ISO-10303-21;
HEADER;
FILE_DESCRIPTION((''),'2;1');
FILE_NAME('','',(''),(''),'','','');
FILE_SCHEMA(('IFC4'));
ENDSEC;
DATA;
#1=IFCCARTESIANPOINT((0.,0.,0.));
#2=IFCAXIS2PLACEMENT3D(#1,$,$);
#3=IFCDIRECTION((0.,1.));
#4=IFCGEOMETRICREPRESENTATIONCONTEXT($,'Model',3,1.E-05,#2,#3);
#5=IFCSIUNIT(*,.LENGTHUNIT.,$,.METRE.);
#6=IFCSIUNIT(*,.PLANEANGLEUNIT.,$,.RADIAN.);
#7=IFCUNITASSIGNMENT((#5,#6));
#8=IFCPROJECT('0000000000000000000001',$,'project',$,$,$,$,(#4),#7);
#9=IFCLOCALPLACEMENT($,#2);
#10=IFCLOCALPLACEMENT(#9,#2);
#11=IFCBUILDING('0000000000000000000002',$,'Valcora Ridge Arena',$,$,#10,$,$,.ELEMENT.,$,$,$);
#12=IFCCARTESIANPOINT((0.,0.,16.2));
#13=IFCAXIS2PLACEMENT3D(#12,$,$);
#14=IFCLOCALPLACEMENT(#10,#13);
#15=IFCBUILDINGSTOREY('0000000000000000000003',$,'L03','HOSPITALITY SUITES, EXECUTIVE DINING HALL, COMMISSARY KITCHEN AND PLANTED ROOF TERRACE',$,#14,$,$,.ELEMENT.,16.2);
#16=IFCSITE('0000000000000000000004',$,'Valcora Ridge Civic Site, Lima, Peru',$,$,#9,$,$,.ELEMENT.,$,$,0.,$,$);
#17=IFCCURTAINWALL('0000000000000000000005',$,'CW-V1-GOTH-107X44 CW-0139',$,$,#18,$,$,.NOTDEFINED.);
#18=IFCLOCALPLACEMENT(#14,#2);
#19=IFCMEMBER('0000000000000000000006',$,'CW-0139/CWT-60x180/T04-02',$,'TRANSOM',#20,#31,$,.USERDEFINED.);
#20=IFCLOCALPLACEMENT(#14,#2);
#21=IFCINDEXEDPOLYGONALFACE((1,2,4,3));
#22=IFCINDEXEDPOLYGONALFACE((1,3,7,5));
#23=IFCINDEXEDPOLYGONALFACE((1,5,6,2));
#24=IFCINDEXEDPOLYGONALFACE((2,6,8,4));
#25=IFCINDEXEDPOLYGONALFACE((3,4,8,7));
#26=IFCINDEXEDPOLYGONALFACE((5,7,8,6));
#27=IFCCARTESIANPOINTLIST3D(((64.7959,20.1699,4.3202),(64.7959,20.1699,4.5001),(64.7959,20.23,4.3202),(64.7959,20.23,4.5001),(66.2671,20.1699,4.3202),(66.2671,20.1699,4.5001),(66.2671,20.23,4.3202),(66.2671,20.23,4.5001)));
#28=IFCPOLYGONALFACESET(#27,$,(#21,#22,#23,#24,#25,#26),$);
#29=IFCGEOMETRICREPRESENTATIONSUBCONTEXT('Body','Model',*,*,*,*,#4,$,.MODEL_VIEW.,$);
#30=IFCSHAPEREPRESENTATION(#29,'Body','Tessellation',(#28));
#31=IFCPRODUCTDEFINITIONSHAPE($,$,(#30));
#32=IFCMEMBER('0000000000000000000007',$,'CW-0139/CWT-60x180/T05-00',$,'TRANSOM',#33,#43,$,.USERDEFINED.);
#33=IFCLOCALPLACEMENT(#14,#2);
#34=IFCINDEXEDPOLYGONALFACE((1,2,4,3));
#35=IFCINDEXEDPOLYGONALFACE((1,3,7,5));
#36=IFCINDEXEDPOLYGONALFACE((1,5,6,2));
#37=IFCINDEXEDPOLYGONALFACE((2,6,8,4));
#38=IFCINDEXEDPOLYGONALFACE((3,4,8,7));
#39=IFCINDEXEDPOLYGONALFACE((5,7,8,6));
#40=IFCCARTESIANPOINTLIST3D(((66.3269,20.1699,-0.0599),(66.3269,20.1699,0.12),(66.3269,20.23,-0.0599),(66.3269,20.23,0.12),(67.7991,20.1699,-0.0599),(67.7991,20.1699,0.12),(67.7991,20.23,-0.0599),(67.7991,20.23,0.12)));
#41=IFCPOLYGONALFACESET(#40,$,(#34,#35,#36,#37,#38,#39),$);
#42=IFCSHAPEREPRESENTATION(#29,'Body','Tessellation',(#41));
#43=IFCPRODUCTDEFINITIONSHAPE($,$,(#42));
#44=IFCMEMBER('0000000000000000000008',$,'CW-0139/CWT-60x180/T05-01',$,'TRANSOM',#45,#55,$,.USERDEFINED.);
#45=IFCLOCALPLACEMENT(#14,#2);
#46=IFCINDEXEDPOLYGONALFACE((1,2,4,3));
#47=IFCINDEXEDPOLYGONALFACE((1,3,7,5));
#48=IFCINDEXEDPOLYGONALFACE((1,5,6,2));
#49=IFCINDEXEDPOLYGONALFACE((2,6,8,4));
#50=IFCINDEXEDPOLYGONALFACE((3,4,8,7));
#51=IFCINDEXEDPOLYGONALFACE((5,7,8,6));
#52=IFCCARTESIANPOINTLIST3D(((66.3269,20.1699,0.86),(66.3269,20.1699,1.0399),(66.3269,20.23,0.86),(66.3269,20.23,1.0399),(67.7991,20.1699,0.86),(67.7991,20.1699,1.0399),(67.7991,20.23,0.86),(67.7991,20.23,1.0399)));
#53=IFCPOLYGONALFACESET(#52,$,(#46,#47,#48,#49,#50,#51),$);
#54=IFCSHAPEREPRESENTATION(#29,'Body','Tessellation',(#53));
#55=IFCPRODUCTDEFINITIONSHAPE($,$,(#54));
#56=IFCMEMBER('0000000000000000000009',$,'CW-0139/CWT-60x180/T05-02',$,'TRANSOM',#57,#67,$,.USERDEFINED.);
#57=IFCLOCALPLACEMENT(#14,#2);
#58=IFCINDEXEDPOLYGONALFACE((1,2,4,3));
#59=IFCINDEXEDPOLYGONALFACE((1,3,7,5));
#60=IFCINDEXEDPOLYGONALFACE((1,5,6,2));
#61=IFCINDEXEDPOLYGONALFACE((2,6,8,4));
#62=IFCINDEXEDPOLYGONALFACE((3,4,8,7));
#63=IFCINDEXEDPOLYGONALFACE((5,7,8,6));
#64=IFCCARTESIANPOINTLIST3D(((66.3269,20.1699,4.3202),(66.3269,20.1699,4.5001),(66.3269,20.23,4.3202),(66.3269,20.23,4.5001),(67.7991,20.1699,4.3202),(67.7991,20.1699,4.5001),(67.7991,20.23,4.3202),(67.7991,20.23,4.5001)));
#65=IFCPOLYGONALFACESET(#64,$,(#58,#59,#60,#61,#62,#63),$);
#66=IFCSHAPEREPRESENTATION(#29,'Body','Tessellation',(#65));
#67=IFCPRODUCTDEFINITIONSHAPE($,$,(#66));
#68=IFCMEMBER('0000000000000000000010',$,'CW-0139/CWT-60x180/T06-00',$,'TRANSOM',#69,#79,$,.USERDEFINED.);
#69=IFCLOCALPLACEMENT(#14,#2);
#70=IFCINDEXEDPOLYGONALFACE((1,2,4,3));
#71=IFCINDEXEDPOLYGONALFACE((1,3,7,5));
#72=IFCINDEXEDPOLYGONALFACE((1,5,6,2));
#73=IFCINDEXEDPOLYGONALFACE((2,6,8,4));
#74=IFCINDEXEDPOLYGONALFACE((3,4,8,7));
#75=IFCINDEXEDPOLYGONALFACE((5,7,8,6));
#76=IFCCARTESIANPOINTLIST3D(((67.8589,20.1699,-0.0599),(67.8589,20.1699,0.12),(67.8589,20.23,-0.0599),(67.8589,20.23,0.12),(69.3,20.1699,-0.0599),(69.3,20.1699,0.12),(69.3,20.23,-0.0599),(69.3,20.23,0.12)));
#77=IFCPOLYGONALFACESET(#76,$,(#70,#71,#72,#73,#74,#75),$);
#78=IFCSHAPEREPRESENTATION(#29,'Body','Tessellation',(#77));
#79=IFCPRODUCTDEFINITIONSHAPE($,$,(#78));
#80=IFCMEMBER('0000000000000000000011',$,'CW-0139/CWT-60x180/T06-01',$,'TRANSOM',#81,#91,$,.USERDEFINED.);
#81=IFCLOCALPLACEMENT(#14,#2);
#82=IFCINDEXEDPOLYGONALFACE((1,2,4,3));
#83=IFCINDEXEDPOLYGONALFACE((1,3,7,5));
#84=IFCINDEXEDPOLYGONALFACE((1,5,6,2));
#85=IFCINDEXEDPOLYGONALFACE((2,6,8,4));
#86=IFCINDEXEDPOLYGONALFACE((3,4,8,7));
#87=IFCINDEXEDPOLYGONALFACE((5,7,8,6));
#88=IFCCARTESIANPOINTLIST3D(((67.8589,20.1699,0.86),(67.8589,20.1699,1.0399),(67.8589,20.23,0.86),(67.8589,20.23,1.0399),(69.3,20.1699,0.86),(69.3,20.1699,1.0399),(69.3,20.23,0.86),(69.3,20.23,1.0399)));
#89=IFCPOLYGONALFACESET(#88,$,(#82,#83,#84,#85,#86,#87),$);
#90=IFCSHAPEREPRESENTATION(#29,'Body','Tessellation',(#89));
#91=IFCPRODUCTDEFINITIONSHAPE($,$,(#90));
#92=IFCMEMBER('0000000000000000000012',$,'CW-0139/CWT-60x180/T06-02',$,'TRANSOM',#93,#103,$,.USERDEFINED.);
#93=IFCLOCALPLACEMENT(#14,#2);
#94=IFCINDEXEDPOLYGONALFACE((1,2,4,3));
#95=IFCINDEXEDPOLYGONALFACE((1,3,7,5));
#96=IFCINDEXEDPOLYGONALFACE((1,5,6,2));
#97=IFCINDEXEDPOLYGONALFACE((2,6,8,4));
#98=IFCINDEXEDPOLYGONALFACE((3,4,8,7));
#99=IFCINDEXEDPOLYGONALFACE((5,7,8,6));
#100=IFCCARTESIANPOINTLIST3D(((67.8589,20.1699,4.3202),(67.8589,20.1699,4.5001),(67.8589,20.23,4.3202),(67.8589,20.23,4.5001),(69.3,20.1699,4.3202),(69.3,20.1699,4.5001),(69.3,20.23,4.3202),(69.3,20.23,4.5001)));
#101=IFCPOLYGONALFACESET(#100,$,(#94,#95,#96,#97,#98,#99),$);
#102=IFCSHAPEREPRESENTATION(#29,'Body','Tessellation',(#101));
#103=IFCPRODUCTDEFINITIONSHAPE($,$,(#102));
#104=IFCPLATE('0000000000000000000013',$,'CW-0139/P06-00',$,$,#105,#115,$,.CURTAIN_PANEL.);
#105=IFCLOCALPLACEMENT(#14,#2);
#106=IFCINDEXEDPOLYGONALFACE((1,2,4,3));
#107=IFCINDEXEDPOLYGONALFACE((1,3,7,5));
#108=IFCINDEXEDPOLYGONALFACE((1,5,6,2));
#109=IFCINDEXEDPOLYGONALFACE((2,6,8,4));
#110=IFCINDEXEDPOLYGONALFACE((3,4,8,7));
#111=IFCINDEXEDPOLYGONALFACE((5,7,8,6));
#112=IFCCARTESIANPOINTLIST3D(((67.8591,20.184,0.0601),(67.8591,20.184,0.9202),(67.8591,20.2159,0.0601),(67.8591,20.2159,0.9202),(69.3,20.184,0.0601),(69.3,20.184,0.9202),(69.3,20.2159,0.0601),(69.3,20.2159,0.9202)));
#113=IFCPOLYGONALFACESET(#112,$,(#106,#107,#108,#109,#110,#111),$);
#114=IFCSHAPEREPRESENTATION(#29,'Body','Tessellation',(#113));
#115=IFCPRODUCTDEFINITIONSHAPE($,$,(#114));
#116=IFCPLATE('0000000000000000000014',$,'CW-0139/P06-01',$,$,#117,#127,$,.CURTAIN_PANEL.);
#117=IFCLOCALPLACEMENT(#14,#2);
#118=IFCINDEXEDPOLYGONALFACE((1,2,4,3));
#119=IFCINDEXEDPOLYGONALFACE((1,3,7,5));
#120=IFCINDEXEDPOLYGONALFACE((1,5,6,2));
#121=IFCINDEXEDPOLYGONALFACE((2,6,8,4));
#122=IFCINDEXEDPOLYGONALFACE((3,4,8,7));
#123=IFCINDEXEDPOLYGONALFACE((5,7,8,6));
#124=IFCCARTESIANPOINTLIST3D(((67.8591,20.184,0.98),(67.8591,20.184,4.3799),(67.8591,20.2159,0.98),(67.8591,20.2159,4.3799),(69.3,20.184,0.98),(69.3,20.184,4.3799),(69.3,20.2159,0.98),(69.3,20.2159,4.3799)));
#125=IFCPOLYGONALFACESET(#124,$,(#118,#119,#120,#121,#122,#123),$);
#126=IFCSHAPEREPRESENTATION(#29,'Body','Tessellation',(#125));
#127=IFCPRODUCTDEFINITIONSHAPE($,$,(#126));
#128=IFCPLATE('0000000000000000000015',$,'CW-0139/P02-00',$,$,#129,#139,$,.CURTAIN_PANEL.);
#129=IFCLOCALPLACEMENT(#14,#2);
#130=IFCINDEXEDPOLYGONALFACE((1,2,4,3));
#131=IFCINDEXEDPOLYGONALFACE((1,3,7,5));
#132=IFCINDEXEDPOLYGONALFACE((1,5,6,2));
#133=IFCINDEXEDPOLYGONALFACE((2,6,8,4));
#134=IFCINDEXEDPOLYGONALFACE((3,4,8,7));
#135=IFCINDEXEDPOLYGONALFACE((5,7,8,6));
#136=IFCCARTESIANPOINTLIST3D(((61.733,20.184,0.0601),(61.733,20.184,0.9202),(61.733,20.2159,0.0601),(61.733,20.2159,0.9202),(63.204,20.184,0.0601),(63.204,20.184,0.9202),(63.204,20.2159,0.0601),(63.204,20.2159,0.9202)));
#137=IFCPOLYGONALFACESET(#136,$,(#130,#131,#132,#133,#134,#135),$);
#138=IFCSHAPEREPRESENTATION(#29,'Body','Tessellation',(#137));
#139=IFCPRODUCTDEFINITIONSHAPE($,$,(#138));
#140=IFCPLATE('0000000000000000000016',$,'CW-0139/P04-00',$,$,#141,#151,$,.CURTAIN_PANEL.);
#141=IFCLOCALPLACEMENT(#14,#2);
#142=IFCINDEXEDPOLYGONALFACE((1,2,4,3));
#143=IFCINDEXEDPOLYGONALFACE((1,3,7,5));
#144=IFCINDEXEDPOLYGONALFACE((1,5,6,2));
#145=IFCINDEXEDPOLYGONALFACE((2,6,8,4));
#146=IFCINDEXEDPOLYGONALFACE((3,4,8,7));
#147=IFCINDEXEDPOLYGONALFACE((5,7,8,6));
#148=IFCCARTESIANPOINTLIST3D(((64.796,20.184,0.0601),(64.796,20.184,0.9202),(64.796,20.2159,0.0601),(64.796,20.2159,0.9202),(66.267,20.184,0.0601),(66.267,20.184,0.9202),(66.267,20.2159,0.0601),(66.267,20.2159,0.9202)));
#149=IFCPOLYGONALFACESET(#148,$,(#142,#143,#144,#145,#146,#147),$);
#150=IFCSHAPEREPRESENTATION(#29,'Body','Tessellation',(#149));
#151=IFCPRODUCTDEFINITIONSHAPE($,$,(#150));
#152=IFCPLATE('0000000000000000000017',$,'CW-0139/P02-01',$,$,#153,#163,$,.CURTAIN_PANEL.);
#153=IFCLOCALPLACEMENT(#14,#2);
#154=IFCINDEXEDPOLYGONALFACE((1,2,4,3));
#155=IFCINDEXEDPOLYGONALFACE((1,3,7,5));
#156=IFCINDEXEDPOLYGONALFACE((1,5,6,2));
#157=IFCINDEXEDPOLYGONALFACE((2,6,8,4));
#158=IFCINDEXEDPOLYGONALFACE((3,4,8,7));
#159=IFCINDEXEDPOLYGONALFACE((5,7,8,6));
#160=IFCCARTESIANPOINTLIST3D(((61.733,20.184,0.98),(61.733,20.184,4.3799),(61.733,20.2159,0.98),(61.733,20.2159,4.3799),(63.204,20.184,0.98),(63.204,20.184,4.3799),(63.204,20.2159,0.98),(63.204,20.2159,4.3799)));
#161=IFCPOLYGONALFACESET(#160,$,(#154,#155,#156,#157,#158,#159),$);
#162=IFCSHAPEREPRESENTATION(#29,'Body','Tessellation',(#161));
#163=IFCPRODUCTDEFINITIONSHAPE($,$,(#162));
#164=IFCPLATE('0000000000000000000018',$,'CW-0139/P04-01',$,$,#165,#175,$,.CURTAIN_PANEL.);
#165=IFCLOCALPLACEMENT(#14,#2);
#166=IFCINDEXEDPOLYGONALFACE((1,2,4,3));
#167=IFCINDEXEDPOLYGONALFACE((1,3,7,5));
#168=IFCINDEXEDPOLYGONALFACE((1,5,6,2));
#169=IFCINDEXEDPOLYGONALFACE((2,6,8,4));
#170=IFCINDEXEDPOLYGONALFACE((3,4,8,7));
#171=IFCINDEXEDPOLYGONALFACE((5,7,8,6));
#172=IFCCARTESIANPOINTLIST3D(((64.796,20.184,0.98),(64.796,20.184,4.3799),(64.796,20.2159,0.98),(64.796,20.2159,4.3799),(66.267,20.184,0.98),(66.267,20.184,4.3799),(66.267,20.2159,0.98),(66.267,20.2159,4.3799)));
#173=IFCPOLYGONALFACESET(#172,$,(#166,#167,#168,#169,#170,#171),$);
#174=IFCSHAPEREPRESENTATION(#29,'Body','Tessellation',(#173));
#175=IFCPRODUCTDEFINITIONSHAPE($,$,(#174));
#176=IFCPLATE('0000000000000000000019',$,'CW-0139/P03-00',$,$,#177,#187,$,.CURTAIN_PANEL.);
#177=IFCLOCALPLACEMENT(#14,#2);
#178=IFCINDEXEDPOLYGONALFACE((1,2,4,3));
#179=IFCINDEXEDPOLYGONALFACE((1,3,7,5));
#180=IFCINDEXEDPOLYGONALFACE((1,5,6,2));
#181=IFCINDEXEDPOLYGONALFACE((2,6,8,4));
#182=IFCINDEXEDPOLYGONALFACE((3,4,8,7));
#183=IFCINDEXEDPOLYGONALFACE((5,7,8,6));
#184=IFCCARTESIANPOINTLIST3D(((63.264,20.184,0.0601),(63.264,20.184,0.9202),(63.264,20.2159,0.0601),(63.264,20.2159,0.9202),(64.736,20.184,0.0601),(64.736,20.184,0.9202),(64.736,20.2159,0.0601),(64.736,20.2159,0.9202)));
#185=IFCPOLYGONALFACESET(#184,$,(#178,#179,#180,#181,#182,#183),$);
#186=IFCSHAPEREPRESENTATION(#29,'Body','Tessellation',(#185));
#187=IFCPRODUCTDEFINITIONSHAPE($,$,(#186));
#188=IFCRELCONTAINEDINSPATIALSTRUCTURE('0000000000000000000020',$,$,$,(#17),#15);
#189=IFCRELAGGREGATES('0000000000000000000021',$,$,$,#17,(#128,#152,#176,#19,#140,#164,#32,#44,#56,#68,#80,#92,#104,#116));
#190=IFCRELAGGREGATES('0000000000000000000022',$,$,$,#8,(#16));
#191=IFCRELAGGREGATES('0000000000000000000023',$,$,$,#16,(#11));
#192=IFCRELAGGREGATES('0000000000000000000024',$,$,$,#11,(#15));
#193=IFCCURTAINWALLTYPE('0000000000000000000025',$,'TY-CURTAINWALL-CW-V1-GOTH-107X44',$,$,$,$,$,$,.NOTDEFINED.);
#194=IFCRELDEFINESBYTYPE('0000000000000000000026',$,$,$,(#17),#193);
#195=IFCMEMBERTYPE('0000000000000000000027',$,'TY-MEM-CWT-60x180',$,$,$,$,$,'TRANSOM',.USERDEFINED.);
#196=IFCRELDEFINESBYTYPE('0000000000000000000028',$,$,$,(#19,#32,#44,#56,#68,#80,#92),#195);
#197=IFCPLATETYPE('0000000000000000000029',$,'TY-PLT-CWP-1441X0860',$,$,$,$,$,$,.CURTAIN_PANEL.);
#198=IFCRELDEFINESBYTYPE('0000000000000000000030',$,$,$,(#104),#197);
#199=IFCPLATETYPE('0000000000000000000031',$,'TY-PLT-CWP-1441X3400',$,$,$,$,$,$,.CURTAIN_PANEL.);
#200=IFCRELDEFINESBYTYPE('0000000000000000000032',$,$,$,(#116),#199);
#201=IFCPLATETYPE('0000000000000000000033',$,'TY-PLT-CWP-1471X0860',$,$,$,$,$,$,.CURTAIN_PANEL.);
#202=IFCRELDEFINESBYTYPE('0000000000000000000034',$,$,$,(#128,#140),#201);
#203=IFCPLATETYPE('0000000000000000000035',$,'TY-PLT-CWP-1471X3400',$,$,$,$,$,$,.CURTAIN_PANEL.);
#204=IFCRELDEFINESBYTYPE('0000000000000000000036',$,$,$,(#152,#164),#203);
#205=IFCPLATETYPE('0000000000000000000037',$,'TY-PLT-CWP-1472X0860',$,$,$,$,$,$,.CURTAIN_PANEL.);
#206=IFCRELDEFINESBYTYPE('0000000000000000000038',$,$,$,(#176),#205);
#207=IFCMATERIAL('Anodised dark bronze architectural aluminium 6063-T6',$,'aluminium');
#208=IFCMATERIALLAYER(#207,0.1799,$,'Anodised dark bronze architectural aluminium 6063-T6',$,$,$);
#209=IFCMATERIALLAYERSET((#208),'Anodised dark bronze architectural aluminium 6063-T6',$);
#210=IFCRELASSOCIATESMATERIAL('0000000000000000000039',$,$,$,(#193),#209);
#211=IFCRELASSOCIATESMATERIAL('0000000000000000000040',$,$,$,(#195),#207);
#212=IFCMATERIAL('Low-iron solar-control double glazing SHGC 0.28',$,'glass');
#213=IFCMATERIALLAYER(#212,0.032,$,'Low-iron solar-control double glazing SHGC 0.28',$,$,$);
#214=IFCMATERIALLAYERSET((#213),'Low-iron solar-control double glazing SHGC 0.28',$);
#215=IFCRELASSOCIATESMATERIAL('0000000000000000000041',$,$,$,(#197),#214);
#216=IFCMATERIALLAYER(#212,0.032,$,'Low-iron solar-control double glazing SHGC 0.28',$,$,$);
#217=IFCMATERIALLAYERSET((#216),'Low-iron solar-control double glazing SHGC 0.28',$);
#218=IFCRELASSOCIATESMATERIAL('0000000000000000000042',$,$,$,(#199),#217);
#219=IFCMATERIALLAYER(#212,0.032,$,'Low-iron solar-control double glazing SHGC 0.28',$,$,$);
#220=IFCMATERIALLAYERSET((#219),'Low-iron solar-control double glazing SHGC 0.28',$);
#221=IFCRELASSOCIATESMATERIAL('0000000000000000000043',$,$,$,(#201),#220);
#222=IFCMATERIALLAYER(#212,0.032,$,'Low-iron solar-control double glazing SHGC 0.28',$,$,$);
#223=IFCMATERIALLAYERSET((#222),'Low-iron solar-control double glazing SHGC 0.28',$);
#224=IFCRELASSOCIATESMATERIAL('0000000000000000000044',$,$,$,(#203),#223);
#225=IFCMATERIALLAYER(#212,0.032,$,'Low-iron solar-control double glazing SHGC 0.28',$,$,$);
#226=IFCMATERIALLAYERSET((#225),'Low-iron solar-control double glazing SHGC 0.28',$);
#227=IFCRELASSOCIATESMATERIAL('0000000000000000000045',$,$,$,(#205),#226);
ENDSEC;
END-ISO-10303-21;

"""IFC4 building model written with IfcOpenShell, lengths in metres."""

from ifc_helpers import new_model, si_unit, direction, frame, origin, origin_2d, place, context, subcontext, project, spatial, rectangle, extrude, material, layer, layer_set, material_profile, profile_set, type_object, element, aggregate, save


model = new_model("IFC4")

# Units and contexts
model_context = context("Model", 3, precision=1e-05, world=origin(), true_north=direction((0.0, 1.0)))
body_context = subcontext(model_context, "Body", "Model", "MODEL_VIEW")
ifc_project = project(units=[si_unit("LENGTHUNIT", "METRE"), si_unit("PLANEANGLEUNIT", "RADIAN")], contexts=[model_context])

# Site, building, storey
site_placement = place(None, origin())
site = spatial("IfcSite", under=ifc_project, at=site_placement, Name="Valcora Ridge Civic Site, Lima, Peru", CompositionType="ELEMENT", RefElevation=0.0)
building_placement = place(site_placement, origin())
building = spatial("IfcBuilding", under=site, at=building_placement, Name="Valcora Ridge Arena", CompositionType="ELEMENT")
storey_placement = place(building_placement, frame((0.0, 0.0, 16.2)))
storey = spatial("IfcBuildingStorey", under=building, at=storey_placement, Name="L03", Description="HOSPITALITY SUITES, EXECUTIVE DINING HALL, COMMISSARY KITCHEN AND PLANTED ROOF TERRACE", CompositionType="ELEMENT", Elevation=16.2)

# Curtain wall
ifc_material_1 = material(Name="Anodised dark bronze architectural aluminium 6063-T6", Category="aluminium")
ifc_layer_1 = layer(ifc_material_1, 0.1799, Name="Anodised dark bronze architectural aluminium 6063-T6")
ifc_layer_set_1 = layer_set([ifc_layer_1], Name="Anodised dark bronze architectural aluminium 6063-T6")
curtain_wall_type_1 = type_object("IfcCurtainWallType", Name="TY-CURTAINWALL-CW-V1-GOTH-107X44", PredefinedType="NOTDEFINED", material=ifc_layer_set_1)
curtain_wall_1_placement = place(storey_placement, origin())
curtain_wall_1 = element("IfcCurtainWall", 1, at=curtain_wall_1_placement, inside=storey, type_object=curtain_wall_type_1, Name="CW-V1-GOTH-107X44 CW-0139", PredefinedType="NOTDEFINED")

# Members
ifc_material_profile_1 = material_profile(ifc_material_1, rectangle(XDim=0.0601, YDim=0.1799, at=origin_2d()), Name="ALU TRANSOM 60x180")
ifc_profile_set_1 = profile_set([ifc_material_profile_1], Name="Anodised dark bronze architectural aluminium 6063-T6")
member_type_1 = type_object("IfcMemberType", Name="TY-MEM-CWT-60x180", ElementType="TRANSOM", PredefinedType="USERDEFINED", material=ifc_profile_set_1)
member_1_placement = place(storey_placement, frame((64.7959, 20.2, 4.4102), z_axis=(1.0, 0.0, 0.0), x_axis=(0.0, 1.0, 0.0)))
member_1 = element("IfcMember", 2, at=member_1_placement, type_object=member_type_1, Name="CW-0139/CWT-60x180/T04-02", ObjectType="TRANSOM", PredefinedType="USERDEFINED", context=body_context, shape_type="SweptSolid", body=[
    extrude(rectangle(XDim=0.0601, YDim=0.1799, at=origin_2d()), origin(), (0.0, 0.0, 1.0), 1.4712),
])
member_2_placement = place(storey_placement, frame((66.3269, 20.2, 0.03), z_axis=(1.0, 0.0, 0.0), x_axis=(0.0, 1.0, 0.0)))
member_2 = element("IfcMember", 3, at=member_2_placement, type_object=member_type_1, Name="CW-0139/CWT-60x180/T05-00", ObjectType="TRANSOM", PredefinedType="USERDEFINED", context=body_context, shape_type="SweptSolid", body=[
    extrude(rectangle(XDim=0.0601, YDim=0.1799, at=origin_2d()), origin(), (0.0, 0.0, 1.0), 1.4722),
])
member_3_placement = place(storey_placement, frame((66.3269, 20.2, 0.95), z_axis=(1.0, 0.0, 0.0), x_axis=(0.0, 1.0, 0.0)))
member_3 = element("IfcMember", 4, at=member_3_placement, type_object=member_type_1, Name="CW-0139/CWT-60x180/T05-01", ObjectType="TRANSOM", PredefinedType="USERDEFINED", context=body_context, shape_type="SweptSolid", body=[
    extrude(rectangle(XDim=0.0601, YDim=0.1799, at=origin_2d()), origin(), (0.0, 0.0, 1.0), 1.4722),
])
member_4_placement = place(storey_placement, frame((66.3269, 20.2, 4.4102), z_axis=(1.0, 0.0, 0.0), x_axis=(0.0, 1.0, 0.0)))
member_4 = element("IfcMember", 5, at=member_4_placement, type_object=member_type_1, Name="CW-0139/CWT-60x180/T05-02", ObjectType="TRANSOM", PredefinedType="USERDEFINED", context=body_context, shape_type="SweptSolid", body=[
    extrude(rectangle(XDim=0.0601, YDim=0.1799, at=origin_2d()), origin(), (0.0, 0.0, 1.0), 1.4722),
])
member_5_placement = place(storey_placement, frame((67.8589, 20.2, 0.03), z_axis=(1.0, 0.0, 0.0), x_axis=(0.0, 1.0, 0.0)))
member_5 = element("IfcMember", 6, at=member_5_placement, type_object=member_type_1, Name="CW-0139/CWT-60x180/T06-00", ObjectType="TRANSOM", PredefinedType="USERDEFINED", context=body_context, shape_type="SweptSolid", body=[
    extrude(rectangle(XDim=0.0601, YDim=0.1799, at=origin_2d()), origin(), (0.0, 0.0, 1.0), 1.4412),
])
member_6_placement = place(storey_placement, frame((67.8589, 20.2, 0.95), z_axis=(1.0, 0.0, 0.0), x_axis=(0.0, 1.0, 0.0)))
member_6 = element("IfcMember", 7, at=member_6_placement, type_object=member_type_1, Name="CW-0139/CWT-60x180/T06-01", ObjectType="TRANSOM", PredefinedType="USERDEFINED", context=body_context, shape_type="SweptSolid", body=[
    extrude(rectangle(XDim=0.0601, YDim=0.1799, at=origin_2d()), origin(), (0.0, 0.0, 1.0), 1.4412),
])
member_7_placement = place(storey_placement, frame((67.8589, 20.2, 4.4102), z_axis=(1.0, 0.0, 0.0), x_axis=(0.0, 1.0, 0.0)))
member_7 = element("IfcMember", 8, at=member_7_placement, type_object=member_type_1, Name="CW-0139/CWT-60x180/T06-02", ObjectType="TRANSOM", PredefinedType="USERDEFINED", context=body_context, shape_type="SweptSolid", body=[
    extrude(rectangle(XDim=0.0601, YDim=0.1799, at=origin_2d()), origin(), (0.0, 0.0, 1.0), 1.4412),
])

# Plates
ifc_material_2 = material(Name="Low-iron solar-control double glazing SHGC 0.28", Category="glass")
ifc_layer_2 = layer(ifc_material_2, 0.032, Name="Low-iron solar-control double glazing SHGC 0.28")
ifc_layer_set_2 = layer_set([ifc_layer_2], Name="Low-iron solar-control double glazing SHGC 0.28")
plate_type_1 = type_object("IfcPlateType", Name="TY-PLT-CWP-1441X0860", PredefinedType="CURTAIN_PANEL", material=ifc_layer_set_2)
plate_1_placement = place(storey_placement, frame((68.5796, 20.2, 0.0601), z_axis=(0.0, 0.0, 1.0), x_axis=(1.0, 0.0, 0.0)))
plate_1 = element("IfcPlate", 9, at=plate_1_placement, type_object=plate_type_1, Name="CW-0139/P06-00", PredefinedType="CURTAIN_PANEL", context=body_context, shape_type="SweptSolid", body=[
    extrude(rectangle(XDim=1.4409, YDim=0.032, at=origin_2d()), origin(), (0.0, 0.0, 1.0), 0.8601),
])
ifc_layer_3 = layer(ifc_material_2, 0.032, Name="Low-iron solar-control double glazing SHGC 0.28")
ifc_layer_set_3 = layer_set([ifc_layer_3], Name="Low-iron solar-control double glazing SHGC 0.28")
plate_type_2 = type_object("IfcPlateType", Name="TY-PLT-CWP-1441X3400", PredefinedType="CURTAIN_PANEL", material=ifc_layer_set_3)
plate_2_placement = place(storey_placement, frame((68.5796, 20.2, 0.98), z_axis=(0.0, 0.0, 1.0), x_axis=(1.0, 0.0, 0.0)))
plate_2 = element("IfcPlate", 10, at=plate_2_placement, type_object=plate_type_2, Name="CW-0139/P06-01", PredefinedType="CURTAIN_PANEL", context=body_context, shape_type="SweptSolid", body=[
    extrude(rectangle(XDim=1.4409, YDim=0.032, at=origin_2d()), origin(), (0.0, 0.0, 1.0), 3.3999),
])
ifc_layer_4 = layer(ifc_material_2, 0.032, Name="Low-iron solar-control double glazing SHGC 0.28")
ifc_layer_set_4 = layer_set([ifc_layer_4], Name="Low-iron solar-control double glazing SHGC 0.28")
plate_type_3 = type_object("IfcPlateType", Name="TY-PLT-CWP-1471X0860", PredefinedType="CURTAIN_PANEL", material=ifc_layer_set_4)
plate_3_placement = place(storey_placement, frame((62.4685, 20.2, 0.0601), z_axis=(0.0, 0.0, 1.0), x_axis=(1.0, 0.0, 0.0)))
plate_3 = element("IfcPlate", 11, at=plate_3_placement, type_object=plate_type_3, Name="CW-0139/P02-00", PredefinedType="CURTAIN_PANEL", context=body_context, shape_type="SweptSolid", body=[
    extrude(rectangle(XDim=1.4709, YDim=0.032, at=origin_2d()), origin(), (0.0, 0.0, 1.0), 0.8601),
])
plate_4_placement = place(storey_placement, frame((65.5315, 20.2, 0.0601), z_axis=(0.0, 0.0, 1.0), x_axis=(1.0, 0.0, 0.0)))
plate_4 = element("IfcPlate", 12, at=plate_4_placement, type_object=plate_type_3, Name="CW-0139/P04-00", PredefinedType="CURTAIN_PANEL", context=body_context, shape_type="SweptSolid", body=[
    extrude(rectangle(XDim=1.4709, YDim=0.032, at=origin_2d()), origin(), (0.0, 0.0, 1.0), 0.8601),
])
ifc_layer_5 = layer(ifc_material_2, 0.032, Name="Low-iron solar-control double glazing SHGC 0.28")
ifc_layer_set_5 = layer_set([ifc_layer_5], Name="Low-iron solar-control double glazing SHGC 0.28")
plate_type_4 = type_object("IfcPlateType", Name="TY-PLT-CWP-1471X3400", PredefinedType="CURTAIN_PANEL", material=ifc_layer_set_5)
plate_5_placement = place(storey_placement, frame((62.4685, 20.2, 0.98), z_axis=(0.0, 0.0, 1.0), x_axis=(1.0, 0.0, 0.0)))
plate_5 = element("IfcPlate", 13, at=plate_5_placement, type_object=plate_type_4, Name="CW-0139/P02-01", PredefinedType="CURTAIN_PANEL", context=body_context, shape_type="SweptSolid", body=[
    extrude(rectangle(XDim=1.4709, YDim=0.032, at=origin_2d()), origin(), (0.0, 0.0, 1.0), 3.3999),
])
plate_6_placement = place(storey_placement, frame((65.5315, 20.2, 0.98), z_axis=(0.0, 0.0, 1.0), x_axis=(1.0, 0.0, 0.0)))
plate_6 = element("IfcPlate", 14, at=plate_6_placement, type_object=plate_type_4, Name="CW-0139/P04-01", PredefinedType="CURTAIN_PANEL", context=body_context, shape_type="SweptSolid", body=[
    extrude(rectangle(XDim=1.4709, YDim=0.032, at=origin_2d()), origin(), (0.0, 0.0, 1.0), 3.3999),
])
ifc_layer_6 = layer(ifc_material_2, 0.032, Name="Low-iron solar-control double glazing SHGC 0.28")
ifc_layer_set_6 = layer_set([ifc_layer_6], Name="Low-iron solar-control double glazing SHGC 0.28")
plate_type_5 = type_object("IfcPlateType", Name="TY-PLT-CWP-1472X0860", PredefinedType="CURTAIN_PANEL", material=ifc_layer_set_6)
plate_7_placement = place(storey_placement, frame((64.0, 20.2, 0.0601), z_axis=(0.0, 0.0, 1.0), x_axis=(1.0, 0.0, 0.0)))
plate_7 = element("IfcPlate", 15, at=plate_7_placement, type_object=plate_type_5, Name="CW-0139/P03-00", PredefinedType="CURTAIN_PANEL", context=body_context, shape_type="SweptSolid", body=[
    extrude(rectangle(XDim=1.4719, YDim=0.032, at=origin_2d()), origin(), (0.0, 0.0, 1.0), 0.8601),
])
aggregate(curtain_wall_1, [plate_3, plate_5, plate_7, member_1, plate_4, plate_6, member_2, member_3, member_4, member_5, member_6, member_7, plate_1, plate_2])

save(model, "model.ifc")
